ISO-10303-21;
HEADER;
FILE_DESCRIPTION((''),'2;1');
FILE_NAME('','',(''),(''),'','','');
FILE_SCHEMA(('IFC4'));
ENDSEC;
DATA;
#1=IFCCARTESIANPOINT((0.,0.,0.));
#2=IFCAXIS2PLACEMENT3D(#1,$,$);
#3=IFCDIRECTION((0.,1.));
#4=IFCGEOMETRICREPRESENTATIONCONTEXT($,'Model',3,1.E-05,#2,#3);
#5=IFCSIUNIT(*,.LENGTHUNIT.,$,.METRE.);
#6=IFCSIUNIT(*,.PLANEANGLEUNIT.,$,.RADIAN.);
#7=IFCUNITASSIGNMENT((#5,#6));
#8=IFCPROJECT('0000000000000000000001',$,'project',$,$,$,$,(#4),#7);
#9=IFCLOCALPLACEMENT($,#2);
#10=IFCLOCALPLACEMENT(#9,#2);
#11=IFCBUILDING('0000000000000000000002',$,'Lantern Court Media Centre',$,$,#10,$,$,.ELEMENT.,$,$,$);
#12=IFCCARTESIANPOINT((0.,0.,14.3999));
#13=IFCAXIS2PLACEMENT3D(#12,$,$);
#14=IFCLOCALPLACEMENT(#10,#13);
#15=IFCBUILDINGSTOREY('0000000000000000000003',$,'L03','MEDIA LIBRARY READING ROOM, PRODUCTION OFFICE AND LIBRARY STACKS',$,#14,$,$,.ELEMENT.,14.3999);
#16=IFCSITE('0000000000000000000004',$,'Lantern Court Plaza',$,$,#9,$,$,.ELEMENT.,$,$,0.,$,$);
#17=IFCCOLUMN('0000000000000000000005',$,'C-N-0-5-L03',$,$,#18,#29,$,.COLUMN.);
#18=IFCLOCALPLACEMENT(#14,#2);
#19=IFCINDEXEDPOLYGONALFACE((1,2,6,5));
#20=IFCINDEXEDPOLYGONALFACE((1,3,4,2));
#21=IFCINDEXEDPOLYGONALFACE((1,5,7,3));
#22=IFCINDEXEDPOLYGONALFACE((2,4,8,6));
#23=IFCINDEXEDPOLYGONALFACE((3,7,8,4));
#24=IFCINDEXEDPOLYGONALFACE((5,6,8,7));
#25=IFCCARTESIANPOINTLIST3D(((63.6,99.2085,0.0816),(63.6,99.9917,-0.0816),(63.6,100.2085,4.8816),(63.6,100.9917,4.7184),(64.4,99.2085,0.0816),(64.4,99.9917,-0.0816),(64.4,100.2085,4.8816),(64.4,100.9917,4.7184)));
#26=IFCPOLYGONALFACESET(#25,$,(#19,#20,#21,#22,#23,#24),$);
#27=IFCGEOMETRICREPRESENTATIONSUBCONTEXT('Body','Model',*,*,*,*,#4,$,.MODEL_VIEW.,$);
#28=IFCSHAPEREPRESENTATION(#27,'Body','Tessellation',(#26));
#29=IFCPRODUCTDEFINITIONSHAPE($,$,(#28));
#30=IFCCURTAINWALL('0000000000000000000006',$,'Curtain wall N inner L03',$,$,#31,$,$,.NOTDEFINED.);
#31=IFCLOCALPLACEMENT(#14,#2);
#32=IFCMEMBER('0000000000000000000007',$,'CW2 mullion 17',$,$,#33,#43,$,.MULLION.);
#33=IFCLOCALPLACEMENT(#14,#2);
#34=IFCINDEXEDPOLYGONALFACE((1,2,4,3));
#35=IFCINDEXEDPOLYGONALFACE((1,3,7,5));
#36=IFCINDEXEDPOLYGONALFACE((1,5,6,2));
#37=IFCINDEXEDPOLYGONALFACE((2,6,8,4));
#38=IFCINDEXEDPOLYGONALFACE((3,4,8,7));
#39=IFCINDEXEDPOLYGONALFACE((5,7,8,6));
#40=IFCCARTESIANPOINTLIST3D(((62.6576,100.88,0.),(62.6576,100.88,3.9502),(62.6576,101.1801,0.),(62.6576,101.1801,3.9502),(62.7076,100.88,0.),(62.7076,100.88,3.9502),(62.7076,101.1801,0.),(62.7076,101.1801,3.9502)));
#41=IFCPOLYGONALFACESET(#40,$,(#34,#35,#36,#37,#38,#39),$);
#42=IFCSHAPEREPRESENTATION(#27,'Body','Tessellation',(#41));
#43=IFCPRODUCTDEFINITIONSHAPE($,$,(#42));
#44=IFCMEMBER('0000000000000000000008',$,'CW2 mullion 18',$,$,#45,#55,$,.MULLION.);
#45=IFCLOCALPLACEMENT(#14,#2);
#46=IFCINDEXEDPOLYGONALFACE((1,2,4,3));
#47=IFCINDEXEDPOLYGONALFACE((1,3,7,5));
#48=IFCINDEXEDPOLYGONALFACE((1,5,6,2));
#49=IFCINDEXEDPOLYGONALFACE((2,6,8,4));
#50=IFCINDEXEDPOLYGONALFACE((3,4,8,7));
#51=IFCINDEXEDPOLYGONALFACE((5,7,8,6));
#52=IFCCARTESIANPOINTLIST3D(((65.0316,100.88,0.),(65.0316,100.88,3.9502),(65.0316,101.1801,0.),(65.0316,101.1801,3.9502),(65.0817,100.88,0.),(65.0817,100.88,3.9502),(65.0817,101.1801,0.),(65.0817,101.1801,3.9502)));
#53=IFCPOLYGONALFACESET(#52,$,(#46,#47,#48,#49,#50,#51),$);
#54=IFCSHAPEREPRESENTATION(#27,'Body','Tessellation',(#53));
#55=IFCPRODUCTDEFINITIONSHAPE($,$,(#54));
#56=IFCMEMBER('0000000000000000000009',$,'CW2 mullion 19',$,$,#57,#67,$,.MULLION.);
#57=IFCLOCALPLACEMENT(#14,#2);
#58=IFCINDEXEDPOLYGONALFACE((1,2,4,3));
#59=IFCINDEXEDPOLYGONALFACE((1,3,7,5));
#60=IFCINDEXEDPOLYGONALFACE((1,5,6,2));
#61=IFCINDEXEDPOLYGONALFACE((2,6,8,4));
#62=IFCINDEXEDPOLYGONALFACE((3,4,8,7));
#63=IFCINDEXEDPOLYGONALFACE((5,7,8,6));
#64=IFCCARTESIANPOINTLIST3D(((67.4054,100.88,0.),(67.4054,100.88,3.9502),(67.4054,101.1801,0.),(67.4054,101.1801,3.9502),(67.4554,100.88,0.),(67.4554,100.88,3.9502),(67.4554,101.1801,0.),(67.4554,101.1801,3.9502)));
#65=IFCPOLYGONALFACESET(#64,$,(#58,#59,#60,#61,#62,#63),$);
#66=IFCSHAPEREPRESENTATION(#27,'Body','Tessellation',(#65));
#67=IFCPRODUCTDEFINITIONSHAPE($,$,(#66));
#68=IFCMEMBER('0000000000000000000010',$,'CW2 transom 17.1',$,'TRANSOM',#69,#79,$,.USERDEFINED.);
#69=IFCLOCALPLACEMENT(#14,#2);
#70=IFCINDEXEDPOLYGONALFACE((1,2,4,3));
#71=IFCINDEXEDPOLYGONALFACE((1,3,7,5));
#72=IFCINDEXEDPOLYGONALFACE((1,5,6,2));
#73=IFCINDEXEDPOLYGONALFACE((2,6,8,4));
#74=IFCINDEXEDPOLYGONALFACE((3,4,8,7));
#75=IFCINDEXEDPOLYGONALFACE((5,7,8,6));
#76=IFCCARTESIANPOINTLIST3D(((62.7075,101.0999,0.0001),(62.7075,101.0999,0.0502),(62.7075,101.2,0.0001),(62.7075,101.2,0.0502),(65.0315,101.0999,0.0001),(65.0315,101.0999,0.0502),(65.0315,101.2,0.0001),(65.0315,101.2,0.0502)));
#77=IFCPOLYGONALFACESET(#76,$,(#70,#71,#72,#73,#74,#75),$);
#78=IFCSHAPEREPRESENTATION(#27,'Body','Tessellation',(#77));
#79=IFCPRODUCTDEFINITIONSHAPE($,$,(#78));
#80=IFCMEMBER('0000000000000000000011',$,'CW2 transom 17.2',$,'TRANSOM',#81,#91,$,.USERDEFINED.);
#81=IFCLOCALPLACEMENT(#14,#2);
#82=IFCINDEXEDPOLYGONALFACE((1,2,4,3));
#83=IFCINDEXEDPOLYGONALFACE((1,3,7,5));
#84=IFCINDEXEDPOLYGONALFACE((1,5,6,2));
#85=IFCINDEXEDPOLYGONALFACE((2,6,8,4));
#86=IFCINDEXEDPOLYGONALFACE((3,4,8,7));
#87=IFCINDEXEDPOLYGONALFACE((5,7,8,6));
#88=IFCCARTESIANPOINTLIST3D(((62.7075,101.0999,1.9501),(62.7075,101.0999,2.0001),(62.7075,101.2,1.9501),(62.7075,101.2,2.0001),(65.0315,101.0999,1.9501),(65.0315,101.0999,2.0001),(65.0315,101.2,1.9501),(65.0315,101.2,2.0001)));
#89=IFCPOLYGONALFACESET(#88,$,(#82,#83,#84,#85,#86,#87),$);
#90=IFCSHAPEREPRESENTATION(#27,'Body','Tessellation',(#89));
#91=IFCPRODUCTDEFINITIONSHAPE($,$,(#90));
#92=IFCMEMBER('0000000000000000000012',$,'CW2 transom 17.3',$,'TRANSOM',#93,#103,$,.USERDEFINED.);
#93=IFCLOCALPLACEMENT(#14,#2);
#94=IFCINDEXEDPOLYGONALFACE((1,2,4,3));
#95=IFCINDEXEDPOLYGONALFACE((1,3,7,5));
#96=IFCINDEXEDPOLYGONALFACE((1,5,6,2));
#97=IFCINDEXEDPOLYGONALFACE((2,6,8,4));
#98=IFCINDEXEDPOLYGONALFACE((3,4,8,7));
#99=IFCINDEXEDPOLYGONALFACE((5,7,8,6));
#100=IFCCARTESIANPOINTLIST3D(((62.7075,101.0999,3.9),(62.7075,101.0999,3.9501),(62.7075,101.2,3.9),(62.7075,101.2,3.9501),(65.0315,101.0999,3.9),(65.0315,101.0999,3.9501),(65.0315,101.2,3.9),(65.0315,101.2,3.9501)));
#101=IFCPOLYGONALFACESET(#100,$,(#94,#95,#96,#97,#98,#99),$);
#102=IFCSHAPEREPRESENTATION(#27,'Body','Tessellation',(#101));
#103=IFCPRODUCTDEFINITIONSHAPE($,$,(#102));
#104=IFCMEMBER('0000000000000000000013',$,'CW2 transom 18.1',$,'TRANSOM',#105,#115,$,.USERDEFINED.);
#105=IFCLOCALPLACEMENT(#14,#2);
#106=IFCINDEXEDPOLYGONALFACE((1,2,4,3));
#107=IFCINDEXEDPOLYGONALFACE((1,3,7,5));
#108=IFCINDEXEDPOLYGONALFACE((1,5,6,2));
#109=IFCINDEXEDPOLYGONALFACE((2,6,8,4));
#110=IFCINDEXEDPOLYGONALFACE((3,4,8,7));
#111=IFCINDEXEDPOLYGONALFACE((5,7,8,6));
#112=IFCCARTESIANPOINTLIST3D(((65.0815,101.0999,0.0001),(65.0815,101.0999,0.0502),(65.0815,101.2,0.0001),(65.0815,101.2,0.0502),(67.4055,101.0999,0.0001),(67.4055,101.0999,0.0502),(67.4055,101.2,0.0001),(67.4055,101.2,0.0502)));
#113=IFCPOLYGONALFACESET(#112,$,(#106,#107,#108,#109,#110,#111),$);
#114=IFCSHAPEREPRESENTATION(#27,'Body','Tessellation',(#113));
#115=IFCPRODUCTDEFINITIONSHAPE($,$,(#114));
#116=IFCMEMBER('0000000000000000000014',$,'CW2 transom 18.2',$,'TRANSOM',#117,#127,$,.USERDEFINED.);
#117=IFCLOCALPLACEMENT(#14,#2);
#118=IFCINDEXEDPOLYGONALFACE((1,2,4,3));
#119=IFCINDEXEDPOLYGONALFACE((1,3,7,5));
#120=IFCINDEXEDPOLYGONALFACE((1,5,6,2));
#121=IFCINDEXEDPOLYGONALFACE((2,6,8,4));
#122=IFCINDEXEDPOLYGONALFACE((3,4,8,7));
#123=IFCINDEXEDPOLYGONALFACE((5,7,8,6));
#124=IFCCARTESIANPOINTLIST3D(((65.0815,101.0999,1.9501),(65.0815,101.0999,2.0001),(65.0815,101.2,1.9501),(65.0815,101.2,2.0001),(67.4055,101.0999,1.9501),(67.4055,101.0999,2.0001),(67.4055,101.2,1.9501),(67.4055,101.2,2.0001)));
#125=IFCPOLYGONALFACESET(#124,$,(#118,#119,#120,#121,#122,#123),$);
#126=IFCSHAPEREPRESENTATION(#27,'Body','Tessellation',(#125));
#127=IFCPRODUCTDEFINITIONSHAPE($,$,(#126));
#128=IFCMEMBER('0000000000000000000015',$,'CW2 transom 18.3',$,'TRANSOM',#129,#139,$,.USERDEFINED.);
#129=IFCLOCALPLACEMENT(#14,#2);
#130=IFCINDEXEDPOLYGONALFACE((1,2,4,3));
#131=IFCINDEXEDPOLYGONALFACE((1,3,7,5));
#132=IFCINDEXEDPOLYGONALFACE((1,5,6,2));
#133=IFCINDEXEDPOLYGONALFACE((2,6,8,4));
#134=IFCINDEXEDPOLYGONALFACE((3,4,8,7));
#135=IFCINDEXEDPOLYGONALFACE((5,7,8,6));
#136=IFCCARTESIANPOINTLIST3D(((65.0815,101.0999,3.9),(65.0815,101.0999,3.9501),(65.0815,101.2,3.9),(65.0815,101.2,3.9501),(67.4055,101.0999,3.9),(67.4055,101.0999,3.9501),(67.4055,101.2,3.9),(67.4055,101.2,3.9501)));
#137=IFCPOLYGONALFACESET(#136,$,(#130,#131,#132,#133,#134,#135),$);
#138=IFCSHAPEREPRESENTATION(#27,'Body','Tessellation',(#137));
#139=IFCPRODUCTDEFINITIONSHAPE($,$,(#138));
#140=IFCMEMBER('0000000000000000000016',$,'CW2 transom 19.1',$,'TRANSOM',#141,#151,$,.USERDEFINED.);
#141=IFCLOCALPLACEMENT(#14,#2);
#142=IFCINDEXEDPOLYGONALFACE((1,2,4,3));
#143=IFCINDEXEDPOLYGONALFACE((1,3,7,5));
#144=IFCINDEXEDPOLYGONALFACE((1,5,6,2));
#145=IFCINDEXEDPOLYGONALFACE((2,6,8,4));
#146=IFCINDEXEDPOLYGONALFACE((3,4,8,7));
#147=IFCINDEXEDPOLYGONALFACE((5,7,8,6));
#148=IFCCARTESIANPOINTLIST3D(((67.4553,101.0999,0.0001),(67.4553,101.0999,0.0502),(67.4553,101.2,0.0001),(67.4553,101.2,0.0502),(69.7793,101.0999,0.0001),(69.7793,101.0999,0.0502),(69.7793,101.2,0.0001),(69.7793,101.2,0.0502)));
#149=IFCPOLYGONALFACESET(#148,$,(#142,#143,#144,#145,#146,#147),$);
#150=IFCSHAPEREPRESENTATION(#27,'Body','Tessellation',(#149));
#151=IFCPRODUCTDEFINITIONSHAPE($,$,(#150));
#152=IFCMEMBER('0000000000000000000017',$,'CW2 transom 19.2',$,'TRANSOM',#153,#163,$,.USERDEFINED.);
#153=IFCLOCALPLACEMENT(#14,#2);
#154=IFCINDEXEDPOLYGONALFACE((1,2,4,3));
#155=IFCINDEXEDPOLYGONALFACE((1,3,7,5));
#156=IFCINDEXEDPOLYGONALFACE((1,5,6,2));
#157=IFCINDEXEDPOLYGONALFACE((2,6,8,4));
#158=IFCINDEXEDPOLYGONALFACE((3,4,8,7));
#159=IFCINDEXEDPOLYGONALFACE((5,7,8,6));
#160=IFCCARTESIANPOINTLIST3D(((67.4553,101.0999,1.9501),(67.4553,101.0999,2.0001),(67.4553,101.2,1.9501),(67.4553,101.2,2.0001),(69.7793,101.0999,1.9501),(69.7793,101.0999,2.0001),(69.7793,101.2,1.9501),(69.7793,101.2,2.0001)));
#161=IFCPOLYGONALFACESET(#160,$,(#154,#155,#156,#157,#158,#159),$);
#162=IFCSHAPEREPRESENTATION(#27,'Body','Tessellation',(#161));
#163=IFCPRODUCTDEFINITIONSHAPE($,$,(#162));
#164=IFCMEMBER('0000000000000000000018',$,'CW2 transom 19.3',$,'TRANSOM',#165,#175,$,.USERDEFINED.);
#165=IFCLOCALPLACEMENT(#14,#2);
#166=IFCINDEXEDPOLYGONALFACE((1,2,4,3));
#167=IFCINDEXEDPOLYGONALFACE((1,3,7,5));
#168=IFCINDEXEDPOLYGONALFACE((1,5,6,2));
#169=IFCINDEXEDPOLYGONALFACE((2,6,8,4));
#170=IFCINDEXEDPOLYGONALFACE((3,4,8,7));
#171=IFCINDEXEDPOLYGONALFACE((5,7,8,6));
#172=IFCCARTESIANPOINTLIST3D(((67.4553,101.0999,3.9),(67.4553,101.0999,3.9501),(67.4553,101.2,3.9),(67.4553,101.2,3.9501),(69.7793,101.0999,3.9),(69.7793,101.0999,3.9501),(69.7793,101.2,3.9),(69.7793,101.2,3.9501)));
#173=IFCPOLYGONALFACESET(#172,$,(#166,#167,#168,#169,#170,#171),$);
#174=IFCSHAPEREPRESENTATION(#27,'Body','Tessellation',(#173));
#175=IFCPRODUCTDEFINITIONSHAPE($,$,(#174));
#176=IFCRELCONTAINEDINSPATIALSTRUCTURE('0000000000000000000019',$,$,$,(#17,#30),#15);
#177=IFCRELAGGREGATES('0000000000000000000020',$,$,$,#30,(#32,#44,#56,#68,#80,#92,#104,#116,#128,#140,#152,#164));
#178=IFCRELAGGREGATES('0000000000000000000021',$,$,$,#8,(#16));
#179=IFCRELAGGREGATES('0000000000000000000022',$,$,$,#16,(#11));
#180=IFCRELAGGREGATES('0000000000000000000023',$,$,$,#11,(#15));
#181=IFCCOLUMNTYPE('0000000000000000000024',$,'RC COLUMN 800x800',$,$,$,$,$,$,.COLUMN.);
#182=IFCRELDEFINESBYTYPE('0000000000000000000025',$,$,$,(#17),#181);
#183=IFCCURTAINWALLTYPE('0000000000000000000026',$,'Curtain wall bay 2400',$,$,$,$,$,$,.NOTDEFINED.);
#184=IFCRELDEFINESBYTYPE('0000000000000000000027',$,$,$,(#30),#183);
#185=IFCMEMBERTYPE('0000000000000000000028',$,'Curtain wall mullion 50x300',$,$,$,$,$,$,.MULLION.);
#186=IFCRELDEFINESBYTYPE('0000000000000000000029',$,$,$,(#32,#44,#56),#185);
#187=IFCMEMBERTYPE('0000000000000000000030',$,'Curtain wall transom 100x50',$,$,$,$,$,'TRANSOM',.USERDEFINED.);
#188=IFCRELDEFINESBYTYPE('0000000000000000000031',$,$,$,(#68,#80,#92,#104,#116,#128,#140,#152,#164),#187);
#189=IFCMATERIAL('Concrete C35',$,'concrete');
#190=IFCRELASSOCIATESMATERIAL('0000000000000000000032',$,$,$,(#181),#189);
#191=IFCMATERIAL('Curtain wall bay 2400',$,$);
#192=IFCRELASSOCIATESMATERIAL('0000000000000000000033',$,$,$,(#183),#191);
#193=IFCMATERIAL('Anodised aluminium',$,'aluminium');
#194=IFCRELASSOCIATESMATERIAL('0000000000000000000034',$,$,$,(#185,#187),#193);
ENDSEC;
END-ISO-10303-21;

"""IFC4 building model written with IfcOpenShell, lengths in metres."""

from ifc_helpers import new_model, si_unit, direction, frame, origin, origin_2d, place, context, subcontext, project, spatial, rectangle, extrude, material, material_profile, profile_set, type_object, element, aggregate, save


model = new_model("IFC4")

# Units and contexts
model_context = context("Model", 3, precision=1e-05, world=origin(), true_north=direction((0.0, 1.0)))
body_context = subcontext(model_context, "Body", "Model", "MODEL_VIEW")
ifc_project = project(units=[si_unit("LENGTHUNIT", "METRE"), si_unit("PLANEANGLEUNIT", "RADIAN")], contexts=[model_context])

# Site, building, storey
site_placement = place(None, origin())
site = spatial("IfcSite", under=ifc_project, at=site_placement, Name="Lantern Court Plaza", CompositionType="ELEMENT", RefElevation=0.0)
building_placement = place(site_placement, origin())
building = spatial("IfcBuilding", under=site, at=building_placement, Name="Lantern Court Media Centre", CompositionType="ELEMENT")
storey_placement = place(building_placement, frame((0.0, 0.0, 14.3999)))
storey = spatial("IfcBuildingStorey", under=building, at=storey_placement, Name="L03", Description="MEDIA LIBRARY READING ROOM, PRODUCTION OFFICE AND LIBRARY STACKS", CompositionType="ELEMENT", Elevation=14.3999)

# Column
ifc_material_1 = material(Name="Concrete C35", Category="concrete")
ifc_material_profile_1 = material_profile(ifc_material_1, rectangle(XDim=0.8, YDim=0.8, at=origin_2d()), Name="RC 800x800")
ifc_profile_set_1 = profile_set([ifc_material_profile_1], Name="Concrete C35")
column_type = type_object("IfcColumnType", Name="RC COLUMN 800x800", PredefinedType="COLUMN", material=ifc_profile_set_1)
column_placement = place(storey_placement, frame((64.0, 99.6001, 0.0), z_axis=(0.0, 0.203952, 0.978981), x_axis=(-1.0, 0.0, 0.0)))
element("IfcColumn", 1, at=column_placement, inside=storey, type_object=column_type, Name="C-N-0-5-L03", PredefinedType="COLUMN", context=body_context, shape_type="SweptSolid", body=[
    extrude(rectangle(XDim=0.8, YDim=0.8, at=origin_2d()), origin(), (0.0, 0.0, 1.0), 4.9031),
])

# Curtain wall, members
ifc_material_2 = material(Name="Curtain wall bay 2400")
curtain_wall_type = type_object("IfcCurtainWallType", Name="Curtain wall bay 2400", PredefinedType="NOTDEFINED", material=ifc_material_2)
curtain_wall_placement = place(storey_placement, origin())
curtain_wall = element("IfcCurtainWall", 2, at=curtain_wall_placement, inside=storey, type_object=curtain_wall_type, Name="Curtain wall N inner L03", PredefinedType="NOTDEFINED")
ifc_material_3 = material(Name="Anodised aluminium", Category="aluminium")
ifc_material_profile_2 = material_profile(ifc_material_3, rectangle(XDim=0.3, YDim=0.05, at=origin_2d()), Name="AL 50x300")
ifc_profile_set_2 = profile_set([ifc_material_profile_2], Name="Anodised aluminium")
member_type_1 = type_object("IfcMemberType", Name="Curtain wall mullion 50x300", PredefinedType="MULLION", material=ifc_profile_set_2)
member_1_placement = place(storey_placement, frame((62.6826, 101.03, 0.0), z_axis=(0.0, 0.0, 1.0), x_axis=(0.0, 1.0, 0.0)))
member_1 = element("IfcMember", 3, at=member_1_placement, type_object=member_type_1, Name="CW2 mullion 17", PredefinedType="MULLION", context=body_context, shape_type="SweptSolid", body=[
    extrude(rectangle(XDim=0.3, YDim=0.05, at=origin_2d()), origin(), (0.0, 0.0, 1.0), 3.9502),
])
member_2_placement = place(storey_placement, frame((65.0566, 101.03, 0.0), z_axis=(0.0, 0.0, 1.0), x_axis=(0.0, 1.0, 0.0)))
member_2 = element("IfcMember", 4, at=member_2_placement, type_object=member_type_1, Name="CW2 mullion 18", PredefinedType="MULLION", context=body_context, shape_type="SweptSolid", body=[
    extrude(rectangle(XDim=0.3, YDim=0.05, at=origin_2d()), origin(), (0.0, 0.0, 1.0), 3.9502),
])
member_3_placement = place(storey_placement, frame((67.4304, 101.03, 0.0), z_axis=(0.0, 0.0, 1.0), x_axis=(0.0, 1.0, 0.0)))
member_3 = element("IfcMember", 5, at=member_3_placement, type_object=member_type_1, Name="CW2 mullion 19", PredefinedType="MULLION", context=body_context, shape_type="SweptSolid", body=[
    extrude(rectangle(XDim=0.3, YDim=0.05, at=origin_2d()), origin(), (0.0, 0.0, 1.0), 3.9502),
])
ifc_material_profile_3 = material_profile(ifc_material_3, rectangle(XDim=0.1001, YDim=0.05, at=origin_2d()), Name="AL 50x100")
ifc_profile_set_3 = profile_set([ifc_material_profile_3], Name="Anodised aluminium")
member_type_2 = type_object("IfcMemberType", Name="Curtain wall transom 100x50", ElementType="TRANSOM", PredefinedType="USERDEFINED", material=ifc_profile_set_3)
member_4_placement = place(storey_placement, frame((62.7075, 101.1499, 0.0251), z_axis=(1.0, 0.0, 0.0), x_axis=(0.0, 1.0, 0.0)))
member_4 = element("IfcMember", 6, at=member_4_placement, type_object=member_type_2, Name="CW2 transom 17.1", ObjectType="TRANSOM", PredefinedType="USERDEFINED", context=body_context, shape_type="SweptSolid", body=[
    extrude(rectangle(XDim=0.1001, YDim=0.05, at=origin_2d()), origin(), (0.0, 0.0, 1.0), 2.324),
])
member_5_placement = place(storey_placement, frame((62.7075, 101.1499, 1.9751), z_axis=(1.0, 0.0, 0.0), x_axis=(0.0, 1.0, 0.0)))
member_5 = element("IfcMember", 7, at=member_5_placement, type_object=member_type_2, Name="CW2 transom 17.2", ObjectType="TRANSOM", PredefinedType="USERDEFINED", context=body_context, shape_type="SweptSolid", body=[
    extrude(rectangle(XDim=0.1001, YDim=0.05, at=origin_2d()), origin(), (0.0, 0.0, 1.0), 2.324),
])
member_6_placement = place(storey_placement, frame((62.7075, 101.1499, 3.925), z_axis=(1.0, 0.0, 0.0), x_axis=(0.0, 1.0, 0.0)))
member_6 = element("IfcMember", 8, at=member_6_placement, type_object=member_type_2, Name="CW2 transom 17.3", ObjectType="TRANSOM", PredefinedType="USERDEFINED", context=body_context, shape_type="SweptSolid", body=[
    extrude(rectangle(XDim=0.1001, YDim=0.05, at=origin_2d()), origin(), (0.0, 0.0, 1.0), 2.324),
])
member_7_placement = place(storey_placement, frame((65.0815, 101.1499, 0.0251), z_axis=(1.0, 0.0, 0.0), x_axis=(0.0, 1.0, 0.0)))
member_7 = element("IfcMember", 9, at=member_7_placement, type_object=member_type_2, Name="CW2 transom 18.1", ObjectType="TRANSOM", PredefinedType="USERDEFINED", context=body_context, shape_type="SweptSolid", body=[
    extrude(rectangle(XDim=0.1001, YDim=0.05, at=origin_2d()), origin(), (0.0, 0.0, 1.0), 2.324),
])
member_8_placement = place(storey_placement, frame((65.0815, 101.1499, 1.9751), z_axis=(1.0, 0.0, 0.0), x_axis=(0.0, 1.0, 0.0)))
member_8 = element("IfcMember", 10, at=member_8_placement, type_object=member_type_2, Name="CW2 transom 18.2", ObjectType="TRANSOM", PredefinedType="USERDEFINED", context=body_context, shape_type="SweptSolid", body=[
    extrude(rectangle(XDim=0.1001, YDim=0.05, at=origin_2d()), origin(), (0.0, 0.0, 1.0), 2.324),
])
member_9_placement = place(storey_placement, frame((65.0815, 101.1499, 3.925), z_axis=(1.0, 0.0, 0.0), x_axis=(0.0, 1.0, 0.0)))
member_9 = element("IfcMember", 11, at=member_9_placement, type_object=member_type_2, Name="CW2 transom 18.3", ObjectType="TRANSOM", PredefinedType="USERDEFINED", context=body_context, shape_type="SweptSolid", body=[
    extrude(rectangle(XDim=0.1001, YDim=0.05, at=origin_2d()), origin(), (0.0, 0.0, 1.0), 2.324),
])
member_10_placement = place(storey_placement, frame((67.4553, 101.1499, 0.0251), z_axis=(1.0, 0.0, 0.0), x_axis=(0.0, 1.0, 0.0)))
member_10 = element("IfcMember", 12, at=member_10_placement, type_object=member_type_2, Name="CW2 transom 19.1", ObjectType="TRANSOM", PredefinedType="USERDEFINED", context=body_context, shape_type="SweptSolid", body=[
    extrude(rectangle(XDim=0.1001, YDim=0.05, at=origin_2d()), origin(), (0.0, 0.0, 1.0), 2.324),
])
member_11_placement = place(storey_placement, frame((67.4553, 101.1499, 1.9751), z_axis=(1.0, 0.0, 0.0), x_axis=(0.0, 1.0, 0.0)))
member_11 = element("IfcMember", 13, at=member_11_placement, type_object=member_type_2, Name="CW2 transom 19.2", ObjectType="TRANSOM", PredefinedType="USERDEFINED", context=body_context, shape_type="SweptSolid", body=[
    extrude(rectangle(XDim=0.1001, YDim=0.05, at=origin_2d()), origin(), (0.0, 0.0, 1.0), 2.324),
])
member_12_placement = place(storey_placement, frame((67.4553, 101.1499, 3.925), z_axis=(1.0, 0.0, 0.0), x_axis=(0.0, 1.0, 0.0)))
member_12 = element("IfcMember", 14, at=member_12_placement, type_object=member_type_2, Name="CW2 transom 19.3", ObjectType="TRANSOM", PredefinedType="USERDEFINED", context=body_context, shape_type="SweptSolid", body=[
    extrude(rectangle(XDim=0.1001, YDim=0.05, at=origin_2d()), origin(), (0.0, 0.0, 1.0), 2.324),
])

aggregate(curtain_wall, [member_1, member_2, member_3, member_4, member_5, member_6, member_7, member_8, member_9, member_10, member_11, member_12])

save(model, "model.ifc")
